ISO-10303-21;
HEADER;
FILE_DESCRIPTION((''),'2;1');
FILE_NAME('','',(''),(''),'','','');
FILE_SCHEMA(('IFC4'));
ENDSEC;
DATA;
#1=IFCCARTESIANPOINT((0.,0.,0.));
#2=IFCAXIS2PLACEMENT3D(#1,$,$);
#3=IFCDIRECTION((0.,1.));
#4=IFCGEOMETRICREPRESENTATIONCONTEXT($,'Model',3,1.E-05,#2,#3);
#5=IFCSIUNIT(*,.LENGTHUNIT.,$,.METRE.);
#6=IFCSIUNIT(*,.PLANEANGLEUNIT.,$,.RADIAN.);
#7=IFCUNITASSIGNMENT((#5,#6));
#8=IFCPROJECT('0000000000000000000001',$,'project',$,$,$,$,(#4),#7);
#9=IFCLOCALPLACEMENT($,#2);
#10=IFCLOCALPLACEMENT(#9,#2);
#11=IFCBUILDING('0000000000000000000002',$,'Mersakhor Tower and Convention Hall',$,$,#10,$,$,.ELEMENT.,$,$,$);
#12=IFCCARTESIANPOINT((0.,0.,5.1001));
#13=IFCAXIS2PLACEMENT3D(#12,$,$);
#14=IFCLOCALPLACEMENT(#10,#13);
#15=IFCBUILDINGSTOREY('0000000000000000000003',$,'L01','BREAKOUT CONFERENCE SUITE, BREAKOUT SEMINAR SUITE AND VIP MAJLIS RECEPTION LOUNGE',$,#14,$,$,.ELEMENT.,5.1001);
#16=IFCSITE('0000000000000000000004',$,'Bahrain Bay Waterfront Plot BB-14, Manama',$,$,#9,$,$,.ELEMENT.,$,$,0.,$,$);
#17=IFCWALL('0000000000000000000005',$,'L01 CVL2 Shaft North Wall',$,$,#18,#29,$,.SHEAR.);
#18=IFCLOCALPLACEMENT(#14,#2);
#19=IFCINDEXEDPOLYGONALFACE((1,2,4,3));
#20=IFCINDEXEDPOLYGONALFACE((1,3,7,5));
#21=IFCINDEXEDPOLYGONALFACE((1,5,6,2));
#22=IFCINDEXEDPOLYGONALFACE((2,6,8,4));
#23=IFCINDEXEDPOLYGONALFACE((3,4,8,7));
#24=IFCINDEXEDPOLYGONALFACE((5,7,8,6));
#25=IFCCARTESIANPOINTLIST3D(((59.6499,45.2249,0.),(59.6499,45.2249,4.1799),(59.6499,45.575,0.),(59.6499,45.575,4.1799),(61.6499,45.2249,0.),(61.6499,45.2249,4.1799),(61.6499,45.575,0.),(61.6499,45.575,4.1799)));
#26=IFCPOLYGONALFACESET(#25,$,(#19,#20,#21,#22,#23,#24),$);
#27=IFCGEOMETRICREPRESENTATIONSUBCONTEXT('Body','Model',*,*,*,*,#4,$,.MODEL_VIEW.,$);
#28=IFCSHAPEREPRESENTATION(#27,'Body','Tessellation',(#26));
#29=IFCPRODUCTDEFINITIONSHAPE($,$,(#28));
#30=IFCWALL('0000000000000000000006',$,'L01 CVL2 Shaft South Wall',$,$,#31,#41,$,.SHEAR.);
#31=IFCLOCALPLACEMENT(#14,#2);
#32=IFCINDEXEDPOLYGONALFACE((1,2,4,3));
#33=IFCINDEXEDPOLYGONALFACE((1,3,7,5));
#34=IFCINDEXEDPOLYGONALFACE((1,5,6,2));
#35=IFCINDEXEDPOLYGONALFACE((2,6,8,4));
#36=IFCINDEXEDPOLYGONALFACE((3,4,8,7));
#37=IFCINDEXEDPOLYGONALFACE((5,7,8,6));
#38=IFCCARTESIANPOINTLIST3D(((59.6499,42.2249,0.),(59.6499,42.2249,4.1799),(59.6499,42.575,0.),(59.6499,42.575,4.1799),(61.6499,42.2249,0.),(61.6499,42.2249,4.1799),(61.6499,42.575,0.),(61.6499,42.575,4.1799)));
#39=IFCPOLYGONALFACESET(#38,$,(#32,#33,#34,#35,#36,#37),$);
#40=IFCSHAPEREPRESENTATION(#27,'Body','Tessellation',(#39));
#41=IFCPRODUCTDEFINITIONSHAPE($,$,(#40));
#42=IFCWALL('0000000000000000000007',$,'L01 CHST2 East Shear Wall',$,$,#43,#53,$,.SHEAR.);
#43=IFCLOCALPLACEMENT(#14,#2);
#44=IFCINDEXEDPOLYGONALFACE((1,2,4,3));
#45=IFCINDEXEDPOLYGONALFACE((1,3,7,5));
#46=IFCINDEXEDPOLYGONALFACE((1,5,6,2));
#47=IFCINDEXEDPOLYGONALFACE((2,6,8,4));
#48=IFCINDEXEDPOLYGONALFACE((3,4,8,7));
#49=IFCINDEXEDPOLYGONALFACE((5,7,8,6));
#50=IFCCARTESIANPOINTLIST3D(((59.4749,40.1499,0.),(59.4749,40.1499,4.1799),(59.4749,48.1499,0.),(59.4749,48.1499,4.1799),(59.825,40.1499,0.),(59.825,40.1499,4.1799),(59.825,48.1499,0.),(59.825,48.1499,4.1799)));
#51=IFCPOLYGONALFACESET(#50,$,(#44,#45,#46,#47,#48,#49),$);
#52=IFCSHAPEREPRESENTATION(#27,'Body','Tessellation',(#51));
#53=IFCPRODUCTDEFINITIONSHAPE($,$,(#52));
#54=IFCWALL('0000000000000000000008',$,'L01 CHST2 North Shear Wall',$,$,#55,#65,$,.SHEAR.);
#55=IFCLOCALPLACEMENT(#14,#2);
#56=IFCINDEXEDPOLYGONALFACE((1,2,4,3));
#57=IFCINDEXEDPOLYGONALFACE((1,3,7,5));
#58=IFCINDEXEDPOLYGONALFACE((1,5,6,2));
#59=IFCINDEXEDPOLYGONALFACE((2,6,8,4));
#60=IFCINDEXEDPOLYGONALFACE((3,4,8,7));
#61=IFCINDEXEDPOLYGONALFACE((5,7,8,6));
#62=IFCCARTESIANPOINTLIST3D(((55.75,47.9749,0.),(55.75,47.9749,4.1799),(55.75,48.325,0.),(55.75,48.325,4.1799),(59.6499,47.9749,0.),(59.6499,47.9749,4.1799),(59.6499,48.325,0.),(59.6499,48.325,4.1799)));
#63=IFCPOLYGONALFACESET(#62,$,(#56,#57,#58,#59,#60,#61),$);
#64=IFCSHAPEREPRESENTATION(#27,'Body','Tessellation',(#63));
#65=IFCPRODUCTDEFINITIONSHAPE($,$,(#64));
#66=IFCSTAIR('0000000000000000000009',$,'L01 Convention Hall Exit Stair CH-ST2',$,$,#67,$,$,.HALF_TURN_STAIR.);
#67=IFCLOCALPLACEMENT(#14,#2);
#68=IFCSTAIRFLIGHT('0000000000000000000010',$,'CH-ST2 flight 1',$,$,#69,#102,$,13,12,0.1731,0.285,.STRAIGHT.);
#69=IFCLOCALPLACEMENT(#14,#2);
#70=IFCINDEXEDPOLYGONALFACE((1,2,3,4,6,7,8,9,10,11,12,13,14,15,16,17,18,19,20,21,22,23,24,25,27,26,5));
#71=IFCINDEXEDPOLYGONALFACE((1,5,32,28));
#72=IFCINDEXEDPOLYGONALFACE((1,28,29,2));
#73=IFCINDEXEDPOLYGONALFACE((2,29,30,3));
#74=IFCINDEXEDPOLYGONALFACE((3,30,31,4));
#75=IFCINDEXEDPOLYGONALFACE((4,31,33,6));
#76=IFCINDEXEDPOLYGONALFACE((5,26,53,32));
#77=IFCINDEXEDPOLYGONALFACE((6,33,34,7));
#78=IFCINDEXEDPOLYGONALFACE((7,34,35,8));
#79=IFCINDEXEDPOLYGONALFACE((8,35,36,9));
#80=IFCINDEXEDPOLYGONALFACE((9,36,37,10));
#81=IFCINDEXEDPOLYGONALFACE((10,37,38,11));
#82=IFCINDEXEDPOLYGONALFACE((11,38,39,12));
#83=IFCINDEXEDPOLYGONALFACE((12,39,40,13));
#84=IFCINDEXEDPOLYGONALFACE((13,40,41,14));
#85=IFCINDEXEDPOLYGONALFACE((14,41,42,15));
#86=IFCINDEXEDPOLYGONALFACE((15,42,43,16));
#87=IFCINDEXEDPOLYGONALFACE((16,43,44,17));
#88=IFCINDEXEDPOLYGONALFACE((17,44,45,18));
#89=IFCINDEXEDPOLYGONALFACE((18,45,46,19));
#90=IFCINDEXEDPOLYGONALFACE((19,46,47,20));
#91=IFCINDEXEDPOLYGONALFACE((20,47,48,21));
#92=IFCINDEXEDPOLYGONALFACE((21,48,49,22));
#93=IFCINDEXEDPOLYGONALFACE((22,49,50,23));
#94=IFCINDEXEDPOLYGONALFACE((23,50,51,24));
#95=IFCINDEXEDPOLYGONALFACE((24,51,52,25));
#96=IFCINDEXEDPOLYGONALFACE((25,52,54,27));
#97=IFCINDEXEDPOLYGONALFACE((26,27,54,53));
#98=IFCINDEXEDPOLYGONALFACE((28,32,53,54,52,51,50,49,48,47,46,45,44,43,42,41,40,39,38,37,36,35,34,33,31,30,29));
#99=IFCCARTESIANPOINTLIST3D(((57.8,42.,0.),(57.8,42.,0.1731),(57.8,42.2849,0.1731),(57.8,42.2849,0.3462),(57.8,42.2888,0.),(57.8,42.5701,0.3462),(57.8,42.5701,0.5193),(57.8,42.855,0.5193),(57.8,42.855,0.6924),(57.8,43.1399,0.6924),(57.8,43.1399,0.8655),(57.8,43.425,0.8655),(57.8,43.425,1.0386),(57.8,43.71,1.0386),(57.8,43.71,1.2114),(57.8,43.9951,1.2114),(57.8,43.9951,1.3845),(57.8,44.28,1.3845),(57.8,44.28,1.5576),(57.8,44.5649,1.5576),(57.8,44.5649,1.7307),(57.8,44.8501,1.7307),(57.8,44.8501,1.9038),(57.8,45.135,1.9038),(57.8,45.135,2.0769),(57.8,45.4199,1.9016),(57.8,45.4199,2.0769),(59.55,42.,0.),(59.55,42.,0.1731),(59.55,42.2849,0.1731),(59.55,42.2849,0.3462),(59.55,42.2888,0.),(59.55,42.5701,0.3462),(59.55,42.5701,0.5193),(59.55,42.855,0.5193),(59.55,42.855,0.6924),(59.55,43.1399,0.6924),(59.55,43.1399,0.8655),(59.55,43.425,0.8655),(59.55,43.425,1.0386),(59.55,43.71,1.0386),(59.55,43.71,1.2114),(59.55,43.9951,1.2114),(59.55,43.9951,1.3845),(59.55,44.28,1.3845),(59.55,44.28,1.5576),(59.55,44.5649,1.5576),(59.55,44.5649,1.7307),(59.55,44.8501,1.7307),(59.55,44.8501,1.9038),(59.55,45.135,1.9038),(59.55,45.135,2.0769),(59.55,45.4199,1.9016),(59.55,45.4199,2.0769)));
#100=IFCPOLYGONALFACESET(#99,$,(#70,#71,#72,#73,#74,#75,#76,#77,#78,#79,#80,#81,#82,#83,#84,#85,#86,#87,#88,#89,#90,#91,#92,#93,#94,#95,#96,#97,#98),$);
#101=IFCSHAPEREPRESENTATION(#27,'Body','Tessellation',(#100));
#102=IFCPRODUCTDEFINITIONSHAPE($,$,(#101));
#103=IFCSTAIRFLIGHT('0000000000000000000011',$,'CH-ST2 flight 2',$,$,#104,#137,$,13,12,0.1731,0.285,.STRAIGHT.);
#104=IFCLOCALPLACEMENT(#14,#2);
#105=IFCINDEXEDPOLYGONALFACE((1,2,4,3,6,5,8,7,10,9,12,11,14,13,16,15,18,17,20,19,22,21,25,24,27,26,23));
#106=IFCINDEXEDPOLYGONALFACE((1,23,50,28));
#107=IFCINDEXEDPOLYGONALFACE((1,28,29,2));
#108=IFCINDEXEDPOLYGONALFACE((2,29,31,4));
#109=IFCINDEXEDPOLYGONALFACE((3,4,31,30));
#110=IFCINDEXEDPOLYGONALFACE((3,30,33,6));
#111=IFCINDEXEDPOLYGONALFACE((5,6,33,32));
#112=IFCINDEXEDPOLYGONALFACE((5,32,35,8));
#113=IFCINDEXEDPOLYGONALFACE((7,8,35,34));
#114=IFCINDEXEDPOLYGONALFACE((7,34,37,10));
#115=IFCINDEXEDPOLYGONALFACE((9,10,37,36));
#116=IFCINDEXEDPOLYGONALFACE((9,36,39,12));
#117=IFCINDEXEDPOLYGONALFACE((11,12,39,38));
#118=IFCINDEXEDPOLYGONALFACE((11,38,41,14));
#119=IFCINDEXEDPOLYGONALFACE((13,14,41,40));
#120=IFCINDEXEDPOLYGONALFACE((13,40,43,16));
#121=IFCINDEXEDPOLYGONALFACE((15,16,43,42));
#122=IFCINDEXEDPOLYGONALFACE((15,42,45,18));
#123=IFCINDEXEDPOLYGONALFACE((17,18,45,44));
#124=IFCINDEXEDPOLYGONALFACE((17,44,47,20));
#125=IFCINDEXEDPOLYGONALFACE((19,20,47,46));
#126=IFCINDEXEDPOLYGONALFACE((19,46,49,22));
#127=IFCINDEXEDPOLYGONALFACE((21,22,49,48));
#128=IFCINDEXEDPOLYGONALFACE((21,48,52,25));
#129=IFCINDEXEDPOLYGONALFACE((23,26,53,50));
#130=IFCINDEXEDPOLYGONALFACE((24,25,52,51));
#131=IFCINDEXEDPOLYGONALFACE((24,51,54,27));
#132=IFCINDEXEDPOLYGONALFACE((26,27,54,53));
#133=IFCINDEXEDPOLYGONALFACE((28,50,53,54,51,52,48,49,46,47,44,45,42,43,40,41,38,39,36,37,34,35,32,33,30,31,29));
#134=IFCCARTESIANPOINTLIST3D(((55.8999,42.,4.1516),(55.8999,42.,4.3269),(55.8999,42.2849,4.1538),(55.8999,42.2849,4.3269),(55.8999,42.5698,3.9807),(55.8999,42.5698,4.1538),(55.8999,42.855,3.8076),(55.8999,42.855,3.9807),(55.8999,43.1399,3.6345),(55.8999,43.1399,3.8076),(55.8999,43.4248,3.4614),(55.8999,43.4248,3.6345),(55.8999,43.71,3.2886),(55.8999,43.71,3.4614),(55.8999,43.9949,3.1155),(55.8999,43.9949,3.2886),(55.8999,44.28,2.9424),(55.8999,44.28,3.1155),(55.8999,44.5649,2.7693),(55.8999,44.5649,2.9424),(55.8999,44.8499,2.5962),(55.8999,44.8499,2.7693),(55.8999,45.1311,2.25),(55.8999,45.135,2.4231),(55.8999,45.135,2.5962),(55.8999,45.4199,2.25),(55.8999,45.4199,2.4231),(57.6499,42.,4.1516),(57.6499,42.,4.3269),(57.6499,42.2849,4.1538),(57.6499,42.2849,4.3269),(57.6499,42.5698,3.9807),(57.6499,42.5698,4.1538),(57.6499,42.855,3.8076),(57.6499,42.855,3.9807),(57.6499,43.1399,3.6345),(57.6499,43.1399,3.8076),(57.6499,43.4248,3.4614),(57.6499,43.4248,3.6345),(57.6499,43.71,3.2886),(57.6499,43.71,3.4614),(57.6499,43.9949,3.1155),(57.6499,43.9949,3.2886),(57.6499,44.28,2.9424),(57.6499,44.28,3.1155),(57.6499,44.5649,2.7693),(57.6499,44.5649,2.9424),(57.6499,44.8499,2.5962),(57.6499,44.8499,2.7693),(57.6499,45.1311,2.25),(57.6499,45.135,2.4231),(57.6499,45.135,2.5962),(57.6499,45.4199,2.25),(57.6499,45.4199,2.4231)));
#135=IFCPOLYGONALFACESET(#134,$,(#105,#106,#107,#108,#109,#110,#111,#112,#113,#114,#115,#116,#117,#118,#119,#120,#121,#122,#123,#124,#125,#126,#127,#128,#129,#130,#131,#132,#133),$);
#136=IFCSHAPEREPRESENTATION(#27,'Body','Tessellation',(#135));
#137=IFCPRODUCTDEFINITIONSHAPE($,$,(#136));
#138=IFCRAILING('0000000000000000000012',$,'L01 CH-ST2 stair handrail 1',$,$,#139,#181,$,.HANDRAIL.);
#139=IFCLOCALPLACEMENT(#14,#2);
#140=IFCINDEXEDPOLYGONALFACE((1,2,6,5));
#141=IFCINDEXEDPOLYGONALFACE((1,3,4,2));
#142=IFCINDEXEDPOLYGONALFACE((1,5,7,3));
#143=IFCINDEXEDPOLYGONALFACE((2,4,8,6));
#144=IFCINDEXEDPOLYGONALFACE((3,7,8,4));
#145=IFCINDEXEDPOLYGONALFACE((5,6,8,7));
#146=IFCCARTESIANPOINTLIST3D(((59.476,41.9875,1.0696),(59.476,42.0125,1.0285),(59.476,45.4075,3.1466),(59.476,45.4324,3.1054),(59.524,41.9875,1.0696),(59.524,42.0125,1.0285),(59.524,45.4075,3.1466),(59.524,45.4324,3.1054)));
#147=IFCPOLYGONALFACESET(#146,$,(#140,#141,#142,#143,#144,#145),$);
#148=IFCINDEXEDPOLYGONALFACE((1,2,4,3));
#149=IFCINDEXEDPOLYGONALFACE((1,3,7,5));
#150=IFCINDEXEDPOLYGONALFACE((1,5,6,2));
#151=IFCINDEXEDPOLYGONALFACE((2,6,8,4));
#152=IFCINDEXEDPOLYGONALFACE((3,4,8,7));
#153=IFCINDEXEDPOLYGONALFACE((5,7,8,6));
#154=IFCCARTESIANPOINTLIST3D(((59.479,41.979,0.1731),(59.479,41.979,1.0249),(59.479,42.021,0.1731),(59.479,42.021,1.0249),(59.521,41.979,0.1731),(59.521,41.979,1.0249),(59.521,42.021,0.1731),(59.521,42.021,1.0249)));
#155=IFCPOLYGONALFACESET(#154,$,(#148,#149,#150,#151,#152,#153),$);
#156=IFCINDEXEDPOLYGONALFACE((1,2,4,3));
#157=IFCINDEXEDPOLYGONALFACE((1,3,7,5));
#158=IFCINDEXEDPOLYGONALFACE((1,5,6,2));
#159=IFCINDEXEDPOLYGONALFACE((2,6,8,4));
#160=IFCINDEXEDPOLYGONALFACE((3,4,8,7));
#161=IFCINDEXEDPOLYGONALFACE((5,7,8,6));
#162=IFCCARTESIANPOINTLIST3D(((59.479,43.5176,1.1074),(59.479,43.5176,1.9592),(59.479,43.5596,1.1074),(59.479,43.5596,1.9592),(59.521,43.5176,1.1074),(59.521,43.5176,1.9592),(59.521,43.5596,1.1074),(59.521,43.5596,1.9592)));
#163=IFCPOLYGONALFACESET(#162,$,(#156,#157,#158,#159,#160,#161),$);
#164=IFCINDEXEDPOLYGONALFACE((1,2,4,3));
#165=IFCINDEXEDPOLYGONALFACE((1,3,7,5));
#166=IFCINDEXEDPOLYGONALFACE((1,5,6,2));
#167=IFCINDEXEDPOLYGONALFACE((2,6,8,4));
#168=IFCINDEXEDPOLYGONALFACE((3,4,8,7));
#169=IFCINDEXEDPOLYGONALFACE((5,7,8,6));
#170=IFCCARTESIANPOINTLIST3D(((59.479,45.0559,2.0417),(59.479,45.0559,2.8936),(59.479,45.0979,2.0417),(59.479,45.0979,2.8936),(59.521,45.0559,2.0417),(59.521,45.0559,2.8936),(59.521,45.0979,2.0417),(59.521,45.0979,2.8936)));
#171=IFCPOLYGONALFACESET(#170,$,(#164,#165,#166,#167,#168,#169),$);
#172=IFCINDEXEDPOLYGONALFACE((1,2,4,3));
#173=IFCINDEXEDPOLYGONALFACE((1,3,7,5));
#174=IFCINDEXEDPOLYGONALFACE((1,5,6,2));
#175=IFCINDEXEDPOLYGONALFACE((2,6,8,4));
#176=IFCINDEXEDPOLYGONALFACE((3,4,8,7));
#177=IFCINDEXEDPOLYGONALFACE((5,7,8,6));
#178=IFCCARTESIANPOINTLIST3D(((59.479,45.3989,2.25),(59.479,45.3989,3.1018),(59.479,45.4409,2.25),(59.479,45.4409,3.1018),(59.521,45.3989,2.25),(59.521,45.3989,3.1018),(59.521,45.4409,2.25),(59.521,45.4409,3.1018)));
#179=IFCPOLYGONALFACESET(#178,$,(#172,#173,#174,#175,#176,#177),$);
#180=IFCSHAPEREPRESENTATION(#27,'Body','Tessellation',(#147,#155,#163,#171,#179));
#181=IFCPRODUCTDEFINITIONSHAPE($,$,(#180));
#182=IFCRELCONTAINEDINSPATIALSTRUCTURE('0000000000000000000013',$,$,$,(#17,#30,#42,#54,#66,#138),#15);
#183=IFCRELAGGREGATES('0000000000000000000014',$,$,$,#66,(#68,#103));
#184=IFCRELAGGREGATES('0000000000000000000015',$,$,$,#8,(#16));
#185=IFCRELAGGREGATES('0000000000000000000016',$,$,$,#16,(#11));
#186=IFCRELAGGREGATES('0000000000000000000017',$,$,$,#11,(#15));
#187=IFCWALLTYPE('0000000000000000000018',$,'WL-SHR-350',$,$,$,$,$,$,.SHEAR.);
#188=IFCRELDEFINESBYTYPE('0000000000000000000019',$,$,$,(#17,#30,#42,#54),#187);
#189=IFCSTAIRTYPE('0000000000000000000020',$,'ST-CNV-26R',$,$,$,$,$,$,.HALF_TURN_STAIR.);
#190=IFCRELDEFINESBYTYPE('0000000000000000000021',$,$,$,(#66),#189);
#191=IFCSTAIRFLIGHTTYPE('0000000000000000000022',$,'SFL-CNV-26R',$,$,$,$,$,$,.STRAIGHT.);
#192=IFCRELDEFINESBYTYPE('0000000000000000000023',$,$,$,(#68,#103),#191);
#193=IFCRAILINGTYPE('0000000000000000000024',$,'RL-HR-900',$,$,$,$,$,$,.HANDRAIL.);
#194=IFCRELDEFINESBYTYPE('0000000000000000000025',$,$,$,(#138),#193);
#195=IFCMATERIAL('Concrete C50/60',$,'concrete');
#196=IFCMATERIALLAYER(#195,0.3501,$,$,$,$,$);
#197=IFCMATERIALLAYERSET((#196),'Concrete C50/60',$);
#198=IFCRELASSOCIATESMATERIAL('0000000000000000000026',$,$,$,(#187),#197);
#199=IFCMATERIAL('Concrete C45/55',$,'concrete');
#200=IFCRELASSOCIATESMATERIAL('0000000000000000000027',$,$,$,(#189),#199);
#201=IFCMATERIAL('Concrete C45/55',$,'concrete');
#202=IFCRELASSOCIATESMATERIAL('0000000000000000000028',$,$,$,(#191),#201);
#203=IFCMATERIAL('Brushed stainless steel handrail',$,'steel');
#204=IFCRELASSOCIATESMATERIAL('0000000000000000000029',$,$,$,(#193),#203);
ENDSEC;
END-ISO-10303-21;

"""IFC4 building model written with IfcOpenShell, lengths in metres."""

from ifc_helpers import new_model, si_unit, direction, frame, frame_2d, origin, origin_2d, place, context, subcontext, project, spatial, polyline, rectangle, outline, extrude, material, layer, layer_set, type_object, element, aggregate, save


model = new_model("IFC4")

# Units and contexts
model_context = context("Model", 3, precision=1e-05, world=origin(), true_north=direction((0.0, 1.0)))
body_context = subcontext(model_context, "Body", "Model", "MODEL_VIEW")
ifc_project = project(units=[si_unit("LENGTHUNIT", "METRE"), si_unit("PLANEANGLEUNIT", "RADIAN")], contexts=[model_context])

# Site, building, storey
site_placement = place(None, origin())
site = spatial("IfcSite", under=ifc_project, at=site_placement, Name="Bahrain Bay Waterfront Plot BB-14, Manama", CompositionType="ELEMENT", RefElevation=0.0)
building_placement = place(site_placement, origin())
building = spatial("IfcBuilding", under=site, at=building_placement, Name="Mersakhor Tower and Convention Hall", CompositionType="ELEMENT")
storey_placement = place(building_placement, frame((0.0, 0.0, 5.1001)))
storey = spatial("IfcBuildingStorey", under=building, at=storey_placement, Name="L01", Description="BREAKOUT CONFERENCE SUITE, BREAKOUT SEMINAR SUITE AND VIP MAJLIS RECEPTION LOUNGE", CompositionType="ELEMENT", Elevation=5.1001)

# Shared definitions
ifc_material_1 = material(Name="Concrete C50/60", Category="concrete")
ifc_layer_1 = layer(ifc_material_1, 0.3501)
ifc_layer_set_1 = layer_set([ifc_layer_1], Name="Concrete C50/60")
wall_type_1 = type_object("IfcWallType", Name="WL-SHR-350", PredefinedType="SHEAR", material=ifc_layer_set_1)

# Walls
for number, where, z_axis, x_axis, name in (
    (1, (59.6499, 45.3999, 0.0), (0.0, 0.0, 1.0), (1.0, 0.0, 0.0), "L01 CVL2 Shaft North Wall"),
    (2, (59.6499, 42.3999, 0.0), (0.0, 0.0, 1.0), (1.0, 0.0, 0.0), "L01 CVL2 Shaft South Wall"),
):
    element("IfcWall", number, at=place(storey_placement, frame(where, z_axis=z_axis, x_axis=x_axis)), inside=storey, type_object=wall_type_1, Name=name, PredefinedType="SHEAR", context=body_context, shape_type="SweptSolid", body=[
        extrude(rectangle(XDim=2.0, YDim=0.3501, at=frame_2d((1.0, 0.0))), origin(), (0.0, 0.0, 1.0), 4.1799),
    ])
wall_1_placement = place(storey_placement, frame((59.6499, 48.1499, 0.0), z_axis=(0.0, 0.0, 1.0), x_axis=(0.0, -1.0, 0.0)))
element("IfcWall", 3, at=wall_1_placement, inside=storey, type_object=wall_type_1, Name="L01 CHST2 East Shear Wall", PredefinedType="SHEAR", context=body_context, shape_type="SweptSolid", body=[
    extrude(rectangle(XDim=8.0, YDim=0.3501, at=frame_2d((4.0, 0.0))), origin(), (0.0, 0.0, 1.0), 4.1799),
])
wall_2_placement = place(storey_placement, frame((55.75, 48.1499, 0.0), z_axis=(0.0, 0.0, 1.0), x_axis=(1.0, 0.0, 0.0)))
element("IfcWall", 4, at=wall_2_placement, inside=storey, type_object=wall_type_1, Name="L01 CHST2 North Shear Wall", PredefinedType="SHEAR", context=body_context, shape_type="SweptSolid", body=[
    extrude(rectangle(XDim=3.8999, YDim=0.3501, at=frame_2d((1.95, 0.0))), origin(), (0.0, 0.0, 1.0), 4.1799),
])

# Stair, stair flights
ifc_material_2 = material(Name="Concrete C45/55", Category="concrete")
stair_type = type_object("IfcStairType", Name="ST-CNV-26R", PredefinedType="HALF_TURN_STAIR", material=ifc_material_2)
stair_placement = place(storey_placement, origin())
stair = element("IfcStair", 5, at=stair_placement, inside=storey, type_object=stair_type, Name="L01 Convention Hall Exit Stair CH-ST2", PredefinedType="HALF_TURN_STAIR")
ifc_material_3 = material(Name="Concrete C45/55", Category="concrete")
stair_flight_type = type_object("IfcStairFlightType", Name="SFL-CNV-26R", PredefinedType="STRAIGHT", material=ifc_material_3)
stair_flight_1_placement = place(storey_placement, frame((58.675, 42.0, 0.0), z_axis=(0.0, 0.0, 1.0), x_axis=(0.0, 1.0, 0.0)))
stair_flight_1 = element("IfcStairFlight", 6, at=stair_flight_1_placement, type_object=stair_flight_type, Name="CH-ST2 flight 1", NumberOfRisers=13, NumberOfTreads=12, PredefinedType="STRAIGHT", RiserHeight=0.1731, TreadLength=0.285, context=body_context, shape_type="SweptSolid", body=[
    extrude(outline(polyline([(0.0, 0.0), (0.0, 0.1731), (0.2849, 0.1731), (0.2849, 0.3462), (0.5701, 0.3462), (0.5701, 0.5193), (0.855, 0.5193), (0.855, 0.6924), (1.1399, 0.6924), (1.1399, 0.8655), (1.425, 0.8655), (1.425, 1.0386), (1.71, 1.0386), (1.71, 1.2114), (1.9951, 1.2114), (1.9951, 1.3845), (2.28, 1.3845), (2.28, 1.5576), (2.5649, 1.5576), (2.5649, 1.7307), (2.8501, 1.7307), (2.8501, 1.9038), (3.135, 1.9038), (3.135, 2.0769), (3.4199, 2.0769), (3.4199, 2.25), (3.4199, 1.9016), (0.2888, 0.0), (0.0, 0.0)])), frame((0.0, 0.875, 0.0), z_axis=(0.0, -1.0, 0.0), x_axis=(1.0, 0.0, 0.0)), (0.0, 0.0, 1.0), 1.75),
])
stair_flight_2_placement = place(storey_placement, frame((56.7749, 45.4199, 2.25), z_axis=(0.0, 0.0, 1.0), x_axis=(0.0, -1.0, 0.0)))
stair_flight_2 = element("IfcStairFlight", 7, at=stair_flight_2_placement, type_object=stair_flight_type, Name="CH-ST2 flight 2", NumberOfRisers=13, NumberOfTreads=12, PredefinedType="STRAIGHT", RiserHeight=0.1731, TreadLength=0.285, context=body_context, shape_type="SweptSolid", body=[
    extrude(outline(polyline([(0.0, 0.0), (0.0, 0.1731), (0.2849, 0.1731), (0.2849, 0.3462), (0.5701, 0.3462), (0.5701, 0.5193), (0.855, 0.5193), (0.855, 0.6924), (1.1399, 0.6924), (1.1399, 0.8655), (1.425, 0.8655), (1.425, 1.0386), (1.71, 1.0386), (1.71, 1.2114), (1.9951, 1.2114), (1.9951, 1.3845), (2.28, 1.3845), (2.28, 1.5576), (2.5649, 1.5576), (2.5649, 1.7307), (2.8501, 1.7307), (2.8501, 1.9038), (3.135, 1.9038), (3.135, 2.0769), (3.4199, 2.0769), (3.4199, 2.25), (3.4199, 1.9016), (0.2888, 0.0), (0.0, 0.0)])), frame((0.0, 0.875, 0.0), z_axis=(0.0, -1.0, 0.0), x_axis=(1.0, 0.0, 0.0)), (0.0, 0.0, 1.0), 1.75),
])
aggregate(stair, [stair_flight_1, stair_flight_2])

# Railing
ifc_material_4 = material(Name="Brushed stainless steel handrail", Category="steel")
railing_type_1 = type_object("IfcRailingType", Name="RL-HR-900", PredefinedType="HANDRAIL", material=ifc_material_4)
railing_1_placement = place(storey_placement, frame((59.5, 42.0, 0.1731)))
element("IfcRailing", 8, at=railing_1_placement, inside=storey, type_object=railing_type_1, Name="L01 CH-ST2 stair handrail 1", PredefinedType="HANDRAIL", context=body_context, shape_type="SweptSolid", body=[
    extrude(rectangle(XDim=0.0481, YDim=0.0481, at=origin_2d()), frame((0.0, 0.0, 0.876), z_axis=(0.0, 0.85473, 0.519074), x_axis=(-1.0, 0.0, 0.0)), (0.0, 0.0, 1.0), 4.0012),
    extrude(rectangle(XDim=0.042, YDim=0.042, at=origin_2d()), origin(), (0.0, 0.0, 1.0), 0.8518),
    extrude(rectangle(XDim=0.042, YDim=0.042, at=origin_2d()), frame((0.0, 1.5386, 0.9343)), (0.0, 0.0, 1.0), 0.8518),
    extrude(rectangle(XDim=0.042, YDim=0.042, at=origin_2d()), frame((0.0, 3.0769, 1.8687)), (0.0, 0.0, 1.0), 0.8518),
    extrude(rectangle(XDim=0.042, YDim=0.042, at=origin_2d()), frame((0.0, 3.4199, 2.0769)), (0.0, 0.0, 1.0), 0.8518),
])

save(model, "model.ifc")
